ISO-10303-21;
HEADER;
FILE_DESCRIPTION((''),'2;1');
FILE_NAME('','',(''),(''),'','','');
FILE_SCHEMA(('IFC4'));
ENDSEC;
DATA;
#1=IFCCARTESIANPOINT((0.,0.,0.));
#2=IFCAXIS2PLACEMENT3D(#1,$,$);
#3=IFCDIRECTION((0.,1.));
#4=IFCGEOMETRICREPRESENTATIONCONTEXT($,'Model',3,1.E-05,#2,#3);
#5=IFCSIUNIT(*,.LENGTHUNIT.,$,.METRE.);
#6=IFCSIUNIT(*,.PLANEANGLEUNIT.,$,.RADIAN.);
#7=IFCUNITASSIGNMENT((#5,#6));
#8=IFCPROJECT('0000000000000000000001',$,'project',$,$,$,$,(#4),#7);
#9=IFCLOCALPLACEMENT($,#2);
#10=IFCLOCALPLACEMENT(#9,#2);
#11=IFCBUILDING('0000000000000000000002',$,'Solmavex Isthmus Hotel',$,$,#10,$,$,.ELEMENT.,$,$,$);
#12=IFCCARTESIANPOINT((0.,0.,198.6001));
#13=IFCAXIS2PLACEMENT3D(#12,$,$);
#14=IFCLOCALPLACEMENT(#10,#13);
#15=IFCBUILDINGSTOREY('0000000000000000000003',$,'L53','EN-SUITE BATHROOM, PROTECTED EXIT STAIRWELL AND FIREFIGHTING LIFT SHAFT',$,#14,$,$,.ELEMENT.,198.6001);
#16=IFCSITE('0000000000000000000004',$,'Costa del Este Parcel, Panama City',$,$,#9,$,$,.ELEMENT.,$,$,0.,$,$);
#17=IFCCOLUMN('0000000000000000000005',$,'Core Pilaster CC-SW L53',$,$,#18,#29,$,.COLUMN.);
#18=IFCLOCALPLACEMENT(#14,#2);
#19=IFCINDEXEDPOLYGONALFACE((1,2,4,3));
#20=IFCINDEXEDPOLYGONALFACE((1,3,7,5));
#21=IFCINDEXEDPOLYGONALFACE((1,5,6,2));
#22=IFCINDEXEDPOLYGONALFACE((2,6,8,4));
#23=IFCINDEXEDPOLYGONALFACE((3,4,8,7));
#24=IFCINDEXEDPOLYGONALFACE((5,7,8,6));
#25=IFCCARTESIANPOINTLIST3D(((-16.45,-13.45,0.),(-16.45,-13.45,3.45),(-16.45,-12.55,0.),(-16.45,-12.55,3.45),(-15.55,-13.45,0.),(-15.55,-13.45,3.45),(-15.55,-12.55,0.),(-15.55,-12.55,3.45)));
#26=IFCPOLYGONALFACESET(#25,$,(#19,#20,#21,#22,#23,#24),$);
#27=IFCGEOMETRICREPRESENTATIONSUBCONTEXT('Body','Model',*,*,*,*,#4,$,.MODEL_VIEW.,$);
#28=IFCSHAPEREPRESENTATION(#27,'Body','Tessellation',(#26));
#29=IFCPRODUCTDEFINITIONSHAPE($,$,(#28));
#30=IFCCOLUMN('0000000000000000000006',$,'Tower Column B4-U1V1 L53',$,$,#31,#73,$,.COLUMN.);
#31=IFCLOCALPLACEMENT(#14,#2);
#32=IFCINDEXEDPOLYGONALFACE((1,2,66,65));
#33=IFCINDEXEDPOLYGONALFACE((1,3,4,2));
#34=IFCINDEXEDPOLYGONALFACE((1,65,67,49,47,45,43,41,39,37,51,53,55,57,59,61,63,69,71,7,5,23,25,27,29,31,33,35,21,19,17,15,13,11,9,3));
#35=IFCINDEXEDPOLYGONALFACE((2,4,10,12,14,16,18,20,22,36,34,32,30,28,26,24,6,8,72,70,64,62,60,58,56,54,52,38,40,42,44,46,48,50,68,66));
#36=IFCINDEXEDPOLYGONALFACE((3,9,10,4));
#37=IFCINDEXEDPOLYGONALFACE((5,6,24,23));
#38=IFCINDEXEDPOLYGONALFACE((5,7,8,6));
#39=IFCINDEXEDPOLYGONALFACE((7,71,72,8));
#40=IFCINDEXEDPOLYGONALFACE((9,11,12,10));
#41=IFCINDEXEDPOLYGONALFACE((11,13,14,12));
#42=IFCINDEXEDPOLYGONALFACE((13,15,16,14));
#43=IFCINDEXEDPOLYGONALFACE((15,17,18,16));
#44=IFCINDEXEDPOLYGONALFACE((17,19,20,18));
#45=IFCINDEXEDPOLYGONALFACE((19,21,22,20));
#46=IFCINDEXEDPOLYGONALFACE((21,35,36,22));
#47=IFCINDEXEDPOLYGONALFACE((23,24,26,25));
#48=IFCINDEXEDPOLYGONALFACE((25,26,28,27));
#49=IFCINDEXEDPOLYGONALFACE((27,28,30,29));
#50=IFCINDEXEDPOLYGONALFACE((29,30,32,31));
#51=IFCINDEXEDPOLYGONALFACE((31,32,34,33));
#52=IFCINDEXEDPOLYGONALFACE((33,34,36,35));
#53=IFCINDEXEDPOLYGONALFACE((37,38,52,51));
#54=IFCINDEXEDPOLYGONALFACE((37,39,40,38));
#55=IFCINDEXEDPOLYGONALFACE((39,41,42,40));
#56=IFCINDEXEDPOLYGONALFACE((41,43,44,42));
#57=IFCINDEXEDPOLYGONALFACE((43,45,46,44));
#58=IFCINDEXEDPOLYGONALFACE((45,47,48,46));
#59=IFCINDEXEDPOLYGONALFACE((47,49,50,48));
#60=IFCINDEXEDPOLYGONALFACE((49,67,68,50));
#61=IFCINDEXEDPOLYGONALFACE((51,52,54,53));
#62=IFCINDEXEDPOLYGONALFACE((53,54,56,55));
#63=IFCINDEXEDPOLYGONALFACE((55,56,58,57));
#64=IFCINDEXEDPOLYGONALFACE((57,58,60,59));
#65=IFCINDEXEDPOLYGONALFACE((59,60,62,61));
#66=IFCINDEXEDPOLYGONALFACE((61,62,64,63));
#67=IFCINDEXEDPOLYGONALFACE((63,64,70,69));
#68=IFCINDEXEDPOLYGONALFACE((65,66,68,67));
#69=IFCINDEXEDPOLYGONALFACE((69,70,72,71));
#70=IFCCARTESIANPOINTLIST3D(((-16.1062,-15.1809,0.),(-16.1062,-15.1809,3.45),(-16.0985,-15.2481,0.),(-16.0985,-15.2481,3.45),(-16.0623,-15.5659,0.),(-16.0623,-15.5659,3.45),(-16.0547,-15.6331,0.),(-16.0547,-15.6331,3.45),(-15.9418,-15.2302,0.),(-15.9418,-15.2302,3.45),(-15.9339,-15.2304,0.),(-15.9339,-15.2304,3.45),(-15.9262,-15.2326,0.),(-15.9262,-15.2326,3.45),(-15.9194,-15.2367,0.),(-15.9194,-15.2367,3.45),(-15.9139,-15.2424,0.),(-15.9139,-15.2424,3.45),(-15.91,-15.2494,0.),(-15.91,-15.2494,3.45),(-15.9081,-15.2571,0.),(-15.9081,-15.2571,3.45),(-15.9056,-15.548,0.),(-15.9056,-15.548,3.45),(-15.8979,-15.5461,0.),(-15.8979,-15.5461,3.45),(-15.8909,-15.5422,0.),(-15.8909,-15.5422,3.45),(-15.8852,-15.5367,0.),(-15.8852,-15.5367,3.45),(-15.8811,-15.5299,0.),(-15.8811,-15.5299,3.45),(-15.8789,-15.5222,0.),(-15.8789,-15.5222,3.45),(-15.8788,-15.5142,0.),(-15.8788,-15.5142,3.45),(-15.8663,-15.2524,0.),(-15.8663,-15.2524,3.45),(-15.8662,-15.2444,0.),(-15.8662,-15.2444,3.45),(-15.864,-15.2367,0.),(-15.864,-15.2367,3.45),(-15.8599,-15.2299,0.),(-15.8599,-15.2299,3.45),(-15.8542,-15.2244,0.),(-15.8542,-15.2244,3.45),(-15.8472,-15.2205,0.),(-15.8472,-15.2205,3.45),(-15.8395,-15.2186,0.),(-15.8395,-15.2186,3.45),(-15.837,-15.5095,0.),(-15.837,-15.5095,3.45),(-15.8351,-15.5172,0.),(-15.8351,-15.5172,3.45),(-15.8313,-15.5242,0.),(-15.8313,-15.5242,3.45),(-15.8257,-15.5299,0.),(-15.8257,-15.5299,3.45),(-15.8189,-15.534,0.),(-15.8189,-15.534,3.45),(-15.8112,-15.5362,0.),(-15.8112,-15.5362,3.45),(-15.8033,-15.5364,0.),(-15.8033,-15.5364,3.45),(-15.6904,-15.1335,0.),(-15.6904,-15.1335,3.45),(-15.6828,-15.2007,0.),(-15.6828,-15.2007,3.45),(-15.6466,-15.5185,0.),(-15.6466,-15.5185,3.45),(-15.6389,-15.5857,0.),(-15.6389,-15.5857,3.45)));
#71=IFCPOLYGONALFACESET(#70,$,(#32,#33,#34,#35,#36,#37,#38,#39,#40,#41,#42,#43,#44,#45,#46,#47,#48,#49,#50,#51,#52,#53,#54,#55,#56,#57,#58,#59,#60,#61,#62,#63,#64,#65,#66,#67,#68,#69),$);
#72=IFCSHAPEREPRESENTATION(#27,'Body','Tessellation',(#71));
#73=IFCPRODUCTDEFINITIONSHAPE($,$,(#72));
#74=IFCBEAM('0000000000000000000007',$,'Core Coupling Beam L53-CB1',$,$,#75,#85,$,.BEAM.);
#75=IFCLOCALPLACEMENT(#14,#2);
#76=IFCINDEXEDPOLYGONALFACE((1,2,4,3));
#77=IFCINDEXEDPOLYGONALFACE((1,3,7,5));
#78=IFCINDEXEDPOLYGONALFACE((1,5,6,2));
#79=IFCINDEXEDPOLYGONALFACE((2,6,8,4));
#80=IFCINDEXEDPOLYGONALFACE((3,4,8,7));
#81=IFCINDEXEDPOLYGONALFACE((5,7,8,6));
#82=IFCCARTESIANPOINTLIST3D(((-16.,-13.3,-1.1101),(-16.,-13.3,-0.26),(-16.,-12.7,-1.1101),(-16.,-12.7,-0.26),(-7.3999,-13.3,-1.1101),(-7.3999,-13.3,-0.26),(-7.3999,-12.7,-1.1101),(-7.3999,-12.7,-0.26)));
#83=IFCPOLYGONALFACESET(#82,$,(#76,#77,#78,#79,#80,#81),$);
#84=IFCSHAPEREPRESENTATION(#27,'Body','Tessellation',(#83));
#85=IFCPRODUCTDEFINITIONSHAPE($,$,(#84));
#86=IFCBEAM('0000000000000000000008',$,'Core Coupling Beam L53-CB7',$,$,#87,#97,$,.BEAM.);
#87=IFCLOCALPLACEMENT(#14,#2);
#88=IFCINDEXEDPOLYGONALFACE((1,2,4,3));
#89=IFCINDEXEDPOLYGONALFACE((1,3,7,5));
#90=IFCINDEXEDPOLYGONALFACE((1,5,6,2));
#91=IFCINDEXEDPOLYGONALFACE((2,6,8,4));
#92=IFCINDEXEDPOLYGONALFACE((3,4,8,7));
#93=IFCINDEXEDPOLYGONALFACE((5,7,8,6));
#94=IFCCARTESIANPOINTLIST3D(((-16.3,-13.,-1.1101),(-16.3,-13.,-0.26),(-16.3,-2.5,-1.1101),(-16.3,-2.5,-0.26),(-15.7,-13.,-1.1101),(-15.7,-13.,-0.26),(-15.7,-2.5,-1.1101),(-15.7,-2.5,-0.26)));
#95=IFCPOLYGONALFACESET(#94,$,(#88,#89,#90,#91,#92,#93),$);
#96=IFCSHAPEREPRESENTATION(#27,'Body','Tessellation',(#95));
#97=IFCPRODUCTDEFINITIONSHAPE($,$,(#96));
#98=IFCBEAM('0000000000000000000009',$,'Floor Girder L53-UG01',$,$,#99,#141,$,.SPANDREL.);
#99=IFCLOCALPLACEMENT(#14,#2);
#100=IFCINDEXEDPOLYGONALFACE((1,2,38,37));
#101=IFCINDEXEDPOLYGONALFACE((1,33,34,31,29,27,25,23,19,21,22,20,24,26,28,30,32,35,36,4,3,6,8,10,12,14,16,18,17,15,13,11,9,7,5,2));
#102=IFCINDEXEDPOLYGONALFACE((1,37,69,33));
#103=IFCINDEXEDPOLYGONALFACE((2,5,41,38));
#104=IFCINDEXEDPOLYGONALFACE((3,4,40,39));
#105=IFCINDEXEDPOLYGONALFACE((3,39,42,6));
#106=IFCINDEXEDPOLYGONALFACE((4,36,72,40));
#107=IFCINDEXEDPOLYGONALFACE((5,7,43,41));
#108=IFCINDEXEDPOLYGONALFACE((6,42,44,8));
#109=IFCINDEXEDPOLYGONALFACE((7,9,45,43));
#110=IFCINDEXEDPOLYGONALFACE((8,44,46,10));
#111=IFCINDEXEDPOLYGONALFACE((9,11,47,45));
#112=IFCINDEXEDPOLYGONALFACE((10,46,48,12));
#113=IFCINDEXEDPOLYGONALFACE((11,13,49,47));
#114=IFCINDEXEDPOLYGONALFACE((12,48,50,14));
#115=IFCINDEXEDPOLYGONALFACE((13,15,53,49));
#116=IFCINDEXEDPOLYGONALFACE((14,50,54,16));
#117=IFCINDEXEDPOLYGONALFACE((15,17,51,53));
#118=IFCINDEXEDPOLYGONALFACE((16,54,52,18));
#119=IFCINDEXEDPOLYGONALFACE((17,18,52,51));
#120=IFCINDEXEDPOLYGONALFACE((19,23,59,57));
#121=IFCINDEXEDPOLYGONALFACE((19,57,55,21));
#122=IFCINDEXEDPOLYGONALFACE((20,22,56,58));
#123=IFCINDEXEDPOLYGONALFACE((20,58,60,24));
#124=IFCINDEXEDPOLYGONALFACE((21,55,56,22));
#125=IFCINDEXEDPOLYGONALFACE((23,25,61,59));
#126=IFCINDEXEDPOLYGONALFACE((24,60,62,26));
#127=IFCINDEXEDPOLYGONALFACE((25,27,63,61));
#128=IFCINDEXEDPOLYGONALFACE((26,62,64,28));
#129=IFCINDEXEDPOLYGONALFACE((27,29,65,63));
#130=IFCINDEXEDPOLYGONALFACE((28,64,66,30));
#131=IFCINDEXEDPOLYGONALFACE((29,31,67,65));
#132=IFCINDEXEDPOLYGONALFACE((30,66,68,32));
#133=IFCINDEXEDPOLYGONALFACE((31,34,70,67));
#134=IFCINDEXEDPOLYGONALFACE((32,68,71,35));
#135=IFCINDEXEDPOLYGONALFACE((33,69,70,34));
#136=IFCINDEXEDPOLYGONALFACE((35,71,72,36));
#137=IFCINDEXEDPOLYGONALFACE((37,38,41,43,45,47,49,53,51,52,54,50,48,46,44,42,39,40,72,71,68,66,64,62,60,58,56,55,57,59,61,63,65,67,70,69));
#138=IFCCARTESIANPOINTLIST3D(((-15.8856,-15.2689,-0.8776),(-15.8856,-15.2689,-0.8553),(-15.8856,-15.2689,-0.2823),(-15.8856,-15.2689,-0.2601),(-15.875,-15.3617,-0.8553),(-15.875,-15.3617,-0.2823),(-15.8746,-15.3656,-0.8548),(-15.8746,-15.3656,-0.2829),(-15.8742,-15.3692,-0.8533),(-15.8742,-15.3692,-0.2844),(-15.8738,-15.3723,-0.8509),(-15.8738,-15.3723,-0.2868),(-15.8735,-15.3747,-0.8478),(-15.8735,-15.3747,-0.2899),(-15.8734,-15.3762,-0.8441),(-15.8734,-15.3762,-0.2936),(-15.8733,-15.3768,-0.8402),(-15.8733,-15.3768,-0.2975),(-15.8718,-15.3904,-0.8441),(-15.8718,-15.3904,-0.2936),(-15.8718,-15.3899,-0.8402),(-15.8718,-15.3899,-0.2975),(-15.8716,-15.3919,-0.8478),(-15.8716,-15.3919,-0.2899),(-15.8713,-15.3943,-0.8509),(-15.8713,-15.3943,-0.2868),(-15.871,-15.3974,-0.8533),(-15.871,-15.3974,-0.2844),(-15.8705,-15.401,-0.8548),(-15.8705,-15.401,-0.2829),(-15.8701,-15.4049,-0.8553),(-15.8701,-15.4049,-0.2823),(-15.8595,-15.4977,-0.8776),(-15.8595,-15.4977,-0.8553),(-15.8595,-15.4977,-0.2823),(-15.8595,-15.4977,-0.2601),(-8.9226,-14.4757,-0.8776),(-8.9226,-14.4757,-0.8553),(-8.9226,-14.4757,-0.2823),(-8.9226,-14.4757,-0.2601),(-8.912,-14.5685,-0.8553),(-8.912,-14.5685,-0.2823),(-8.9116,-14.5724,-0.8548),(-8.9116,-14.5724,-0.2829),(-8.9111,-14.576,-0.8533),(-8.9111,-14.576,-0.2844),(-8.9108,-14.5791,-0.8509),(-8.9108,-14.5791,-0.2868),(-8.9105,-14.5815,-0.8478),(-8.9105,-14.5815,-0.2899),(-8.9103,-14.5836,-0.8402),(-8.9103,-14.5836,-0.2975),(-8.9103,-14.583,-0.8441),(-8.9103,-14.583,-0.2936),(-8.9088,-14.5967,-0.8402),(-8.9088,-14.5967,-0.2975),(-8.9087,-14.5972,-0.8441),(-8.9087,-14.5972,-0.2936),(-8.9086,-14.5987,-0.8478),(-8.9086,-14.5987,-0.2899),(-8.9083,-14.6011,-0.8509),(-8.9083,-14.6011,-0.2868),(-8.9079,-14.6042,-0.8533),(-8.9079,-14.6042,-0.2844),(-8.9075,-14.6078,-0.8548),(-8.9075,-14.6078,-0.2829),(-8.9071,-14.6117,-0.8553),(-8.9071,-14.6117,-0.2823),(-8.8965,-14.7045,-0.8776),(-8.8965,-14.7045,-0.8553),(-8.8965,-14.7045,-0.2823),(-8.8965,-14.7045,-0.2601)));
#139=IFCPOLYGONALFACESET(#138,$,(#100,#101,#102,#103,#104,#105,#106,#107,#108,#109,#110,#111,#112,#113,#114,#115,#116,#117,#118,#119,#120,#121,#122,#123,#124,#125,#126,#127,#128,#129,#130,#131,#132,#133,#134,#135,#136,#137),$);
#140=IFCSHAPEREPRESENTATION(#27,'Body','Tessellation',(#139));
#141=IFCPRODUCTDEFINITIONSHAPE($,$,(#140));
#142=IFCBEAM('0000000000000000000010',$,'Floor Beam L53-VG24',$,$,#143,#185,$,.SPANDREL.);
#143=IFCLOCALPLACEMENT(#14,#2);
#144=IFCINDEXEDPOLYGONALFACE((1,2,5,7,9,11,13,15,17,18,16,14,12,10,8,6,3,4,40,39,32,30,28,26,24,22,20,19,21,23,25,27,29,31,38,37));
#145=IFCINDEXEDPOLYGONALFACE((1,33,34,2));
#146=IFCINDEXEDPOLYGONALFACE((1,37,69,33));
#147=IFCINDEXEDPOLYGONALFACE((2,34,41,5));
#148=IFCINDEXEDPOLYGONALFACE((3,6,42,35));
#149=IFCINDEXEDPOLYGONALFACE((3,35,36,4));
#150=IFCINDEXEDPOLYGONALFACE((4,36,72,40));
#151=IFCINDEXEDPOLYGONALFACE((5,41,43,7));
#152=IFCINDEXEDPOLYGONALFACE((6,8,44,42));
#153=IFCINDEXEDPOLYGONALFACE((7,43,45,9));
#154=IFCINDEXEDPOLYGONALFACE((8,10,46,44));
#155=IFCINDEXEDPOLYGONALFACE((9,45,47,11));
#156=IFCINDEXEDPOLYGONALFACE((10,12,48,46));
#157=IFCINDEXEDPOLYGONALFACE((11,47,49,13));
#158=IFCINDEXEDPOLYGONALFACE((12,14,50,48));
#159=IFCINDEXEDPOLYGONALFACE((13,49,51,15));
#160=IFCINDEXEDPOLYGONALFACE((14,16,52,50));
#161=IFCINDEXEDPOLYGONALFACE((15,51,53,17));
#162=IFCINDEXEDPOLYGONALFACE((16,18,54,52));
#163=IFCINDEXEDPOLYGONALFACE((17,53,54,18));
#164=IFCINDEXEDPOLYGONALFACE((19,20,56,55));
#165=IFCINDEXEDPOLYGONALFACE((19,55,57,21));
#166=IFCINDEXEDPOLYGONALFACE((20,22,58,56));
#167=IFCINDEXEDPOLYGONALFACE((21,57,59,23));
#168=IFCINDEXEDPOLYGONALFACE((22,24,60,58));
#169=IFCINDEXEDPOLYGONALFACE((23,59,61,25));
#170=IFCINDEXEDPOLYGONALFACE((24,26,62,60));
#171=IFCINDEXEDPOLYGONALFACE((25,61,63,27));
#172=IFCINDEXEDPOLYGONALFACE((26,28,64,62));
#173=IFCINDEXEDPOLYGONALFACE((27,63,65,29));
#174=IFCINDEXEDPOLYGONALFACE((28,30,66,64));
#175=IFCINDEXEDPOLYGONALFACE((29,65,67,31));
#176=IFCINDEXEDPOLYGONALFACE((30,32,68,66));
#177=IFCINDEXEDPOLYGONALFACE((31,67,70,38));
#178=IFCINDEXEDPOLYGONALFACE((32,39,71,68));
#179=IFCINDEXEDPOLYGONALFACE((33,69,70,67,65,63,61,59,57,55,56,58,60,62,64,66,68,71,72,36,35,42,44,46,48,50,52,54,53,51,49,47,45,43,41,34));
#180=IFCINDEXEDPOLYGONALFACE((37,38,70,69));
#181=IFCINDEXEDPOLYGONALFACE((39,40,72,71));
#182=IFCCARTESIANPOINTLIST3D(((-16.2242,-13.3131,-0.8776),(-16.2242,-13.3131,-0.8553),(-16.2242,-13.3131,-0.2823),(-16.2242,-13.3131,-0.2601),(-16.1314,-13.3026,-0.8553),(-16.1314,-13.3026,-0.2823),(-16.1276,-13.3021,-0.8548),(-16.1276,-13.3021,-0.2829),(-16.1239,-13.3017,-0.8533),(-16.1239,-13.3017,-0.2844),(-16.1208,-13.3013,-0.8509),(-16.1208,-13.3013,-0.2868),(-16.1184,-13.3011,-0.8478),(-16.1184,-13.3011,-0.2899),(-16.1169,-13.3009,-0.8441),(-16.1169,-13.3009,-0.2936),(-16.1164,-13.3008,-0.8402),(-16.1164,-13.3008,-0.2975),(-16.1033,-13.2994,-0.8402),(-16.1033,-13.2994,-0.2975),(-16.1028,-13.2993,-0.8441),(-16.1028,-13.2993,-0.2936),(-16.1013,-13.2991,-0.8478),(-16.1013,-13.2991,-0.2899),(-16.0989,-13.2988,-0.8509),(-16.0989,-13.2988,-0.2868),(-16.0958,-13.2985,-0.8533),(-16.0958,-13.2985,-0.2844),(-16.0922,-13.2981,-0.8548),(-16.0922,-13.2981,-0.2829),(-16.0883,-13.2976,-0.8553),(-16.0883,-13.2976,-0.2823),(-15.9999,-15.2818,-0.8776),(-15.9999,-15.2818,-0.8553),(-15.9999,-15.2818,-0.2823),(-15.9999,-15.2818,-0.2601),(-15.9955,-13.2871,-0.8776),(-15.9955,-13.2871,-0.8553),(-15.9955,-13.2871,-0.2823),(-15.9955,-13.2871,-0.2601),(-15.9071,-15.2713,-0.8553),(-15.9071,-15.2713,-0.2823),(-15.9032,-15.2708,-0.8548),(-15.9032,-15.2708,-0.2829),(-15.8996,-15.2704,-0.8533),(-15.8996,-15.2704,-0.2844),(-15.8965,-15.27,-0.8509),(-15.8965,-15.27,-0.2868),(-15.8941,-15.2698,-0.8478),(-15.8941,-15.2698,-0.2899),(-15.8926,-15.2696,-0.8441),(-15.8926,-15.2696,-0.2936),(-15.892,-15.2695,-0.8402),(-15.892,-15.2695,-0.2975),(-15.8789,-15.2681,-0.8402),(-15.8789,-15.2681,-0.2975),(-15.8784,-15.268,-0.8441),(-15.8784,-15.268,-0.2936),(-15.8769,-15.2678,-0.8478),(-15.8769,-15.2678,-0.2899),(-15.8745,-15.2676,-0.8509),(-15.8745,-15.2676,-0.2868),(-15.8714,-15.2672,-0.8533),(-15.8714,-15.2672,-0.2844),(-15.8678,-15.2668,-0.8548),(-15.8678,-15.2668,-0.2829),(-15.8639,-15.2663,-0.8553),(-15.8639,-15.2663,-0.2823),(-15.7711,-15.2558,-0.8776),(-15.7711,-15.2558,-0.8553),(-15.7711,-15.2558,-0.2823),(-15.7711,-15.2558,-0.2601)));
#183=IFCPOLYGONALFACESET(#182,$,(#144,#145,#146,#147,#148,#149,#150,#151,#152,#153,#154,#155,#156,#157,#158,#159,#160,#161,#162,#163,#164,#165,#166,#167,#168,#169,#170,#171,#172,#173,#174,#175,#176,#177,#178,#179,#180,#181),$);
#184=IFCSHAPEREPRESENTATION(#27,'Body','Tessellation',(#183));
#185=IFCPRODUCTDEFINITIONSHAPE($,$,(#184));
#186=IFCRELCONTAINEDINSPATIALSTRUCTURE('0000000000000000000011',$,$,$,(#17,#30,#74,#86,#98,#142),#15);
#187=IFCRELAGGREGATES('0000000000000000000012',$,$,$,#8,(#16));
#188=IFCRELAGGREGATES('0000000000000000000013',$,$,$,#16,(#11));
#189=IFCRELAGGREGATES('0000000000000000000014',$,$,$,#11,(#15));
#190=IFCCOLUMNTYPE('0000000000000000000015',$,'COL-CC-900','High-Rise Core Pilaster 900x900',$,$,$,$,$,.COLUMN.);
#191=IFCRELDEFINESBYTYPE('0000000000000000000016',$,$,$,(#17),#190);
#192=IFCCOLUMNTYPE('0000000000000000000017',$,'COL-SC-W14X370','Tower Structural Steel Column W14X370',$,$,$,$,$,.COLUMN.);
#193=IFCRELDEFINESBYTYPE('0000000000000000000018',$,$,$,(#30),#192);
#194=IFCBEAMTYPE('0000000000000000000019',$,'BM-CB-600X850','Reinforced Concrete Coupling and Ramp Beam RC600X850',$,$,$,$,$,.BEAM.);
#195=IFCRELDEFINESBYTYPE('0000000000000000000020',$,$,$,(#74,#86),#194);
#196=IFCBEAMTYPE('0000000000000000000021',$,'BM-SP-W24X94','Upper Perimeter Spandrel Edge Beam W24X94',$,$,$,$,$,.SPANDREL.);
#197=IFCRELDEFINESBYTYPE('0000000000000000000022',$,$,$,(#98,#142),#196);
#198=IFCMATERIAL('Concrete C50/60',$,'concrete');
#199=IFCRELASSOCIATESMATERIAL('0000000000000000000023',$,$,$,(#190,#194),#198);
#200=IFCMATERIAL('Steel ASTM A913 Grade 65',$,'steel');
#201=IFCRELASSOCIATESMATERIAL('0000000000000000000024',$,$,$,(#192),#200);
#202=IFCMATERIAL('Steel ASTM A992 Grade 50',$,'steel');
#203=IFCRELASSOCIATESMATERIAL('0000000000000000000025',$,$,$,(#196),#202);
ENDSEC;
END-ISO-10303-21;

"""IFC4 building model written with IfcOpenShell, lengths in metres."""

from ifc_helpers import new_model, si_unit, direction, frame, origin, origin_2d, place, context, subcontext, project, spatial, rectangle, i_section, extrude, material, material_profile, profile_set, type_object, element, save


model = new_model("IFC4")

# Units and contexts
model_context = context("Model", 3, precision=1e-05, world=origin(), true_north=direction((0.0, 1.0)))
body_context = subcontext(model_context, "Body", "Model", "MODEL_VIEW")
ifc_project = project(units=[si_unit("LENGTHUNIT", "METRE"), si_unit("PLANEANGLEUNIT", "RADIAN")], contexts=[model_context])

# Site, building, storey
site_placement = place(None, origin())
site = spatial("IfcSite", under=ifc_project, at=site_placement, Name="Costa del Este Parcel, Panama City", CompositionType="ELEMENT", RefElevation=0.0)
building_placement = place(site_placement, origin())
building = spatial("IfcBuilding", under=site, at=building_placement, Name="Solmavex Isthmus Hotel", CompositionType="ELEMENT")
storey_placement = place(building_placement, frame((0.0, 0.0, 198.6001)))
storey = spatial("IfcBuildingStorey", under=building, at=storey_placement, Name="L53", Description="EN-SUITE BATHROOM, PROTECTED EXIT STAIRWELL AND FIREFIGHTING LIFT SHAFT", CompositionType="ELEMENT", Elevation=198.6001)

# Columns
ifc_material_1 = material(Name="Concrete C50/60", Category="concrete")
ifc_material_profile_1 = material_profile(ifc_material_1, rectangle(XDim=0.8999, YDim=0.8999, at=origin_2d()), Name="RC900X900")
ifc_profile_set_1 = profile_set([ifc_material_profile_1], Name="Concrete C50/60")
column_type_1 = type_object("IfcColumnType", Name="COL-CC-900", Description="High-Rise Core Pilaster 900x900", PredefinedType="COLUMN", material=ifc_profile_set_1)
column_1_placement = place(storey_placement, frame((-16.0, -13.0, 0.0), z_axis=(0.0, 0.0, 1.0), x_axis=(1.0, 0.0, 0.0)))
element("IfcColumn", 1, at=column_1_placement, inside=storey, type_object=column_type_1, Name="Core Pilaster CC-SW L53", PredefinedType="COLUMN", context=body_context, shape_type="SweptSolid", body=[
    extrude(rectangle(XDim=0.8999, YDim=0.8999, at=origin_2d()), origin(), (0.0, 0.0, 1.0), 3.45),
])
ifc_material_2 = material(Name="Steel ASTM A913 Grade 65", Category="steel")
ifc_material_profile_2 = material_profile(ifc_material_2, i_section(OverallWidth=0.4185, OverallDepth=0.4551, WebThickness=0.042, FlangeThickness=0.0676, FilletRadius=0.0305, at=origin_2d()), Name="W14X370")
ifc_profile_set_2 = profile_set([ifc_material_profile_2], Name="Steel ASTM A913 Grade 65")
column_type_2 = type_object("IfcColumnType", Name="COL-SC-W14X370", Description="Tower Structural Steel Column W14X370", PredefinedType="COLUMN", material=ifc_profile_set_2)
column_2_placement = place(storey_placement, frame((-15.8726, -15.3833, 0.0), z_axis=(0.0, 0.0, 1.0), x_axis=(0.993572, 0.113203, 0.0)))
element("IfcColumn", 2, at=column_2_placement, inside=storey, type_object=column_type_2, Name="Tower Column B4-U1V1 L53", PredefinedType="COLUMN", context=body_context, shape_type="SweptSolid", body=[
    extrude(i_section(OverallWidth=0.4185, OverallDepth=0.4551, WebThickness=0.042, FlangeThickness=0.0676, FilletRadius=0.0305, at=origin_2d()), origin(), (0.0, 0.0, 1.0), 3.45),
])

# Beams
ifc_material_profile_3 = material_profile(ifc_material_1, rectangle(XDim=0.6001, YDim=0.8501, at=origin_2d()), Name="RC600X850")
ifc_profile_set_3 = profile_set([ifc_material_profile_3], Name="Concrete C50/60")
beam_type_1 = type_object("IfcBeamType", Name="BM-CB-600X850", Description="Reinforced Concrete Coupling and Ramp Beam RC600X850", PredefinedType="BEAM", material=ifc_profile_set_3)
beam_1_placement = place(storey_placement, frame((-16.0, -13.0, -0.6851), z_axis=(1.0, 0.0, 0.0), x_axis=(0.0, 1.0, 0.0)))
element("IfcBeam", 3, at=beam_1_placement, inside=storey, type_object=beam_type_1, Name="Core Coupling Beam L53-CB1", PredefinedType="BEAM", context=body_context, shape_type="SweptSolid", body=[
    extrude(rectangle(XDim=0.6001, YDim=0.8501, at=origin_2d()), origin(), (0.0, 0.0, 1.0), 8.6001),
])
beam_2_placement = place(storey_placement, frame((-16.0, -13.0, -0.6851), z_axis=(0.0, 1.0, 0.0), x_axis=(-1.0, 0.0, 0.0)))
element("IfcBeam", 4, at=beam_2_placement, inside=storey, type_object=beam_type_1, Name="Core Coupling Beam L53-CB7", PredefinedType="BEAM", context=body_context, shape_type="SweptSolid", body=[
    extrude(rectangle(XDim=0.6001, YDim=0.8501, at=origin_2d()), origin(), (0.0, 0.0, 1.0), 10.5),
])
ifc_material_3 = material(Name="Steel ASTM A992 Grade 50", Category="steel")
ifc_material_profile_4 = material_profile(ifc_material_3, i_section(OverallWidth=0.2302, OverallDepth=0.6174, WebThickness=0.0132, FlangeThickness=0.0222, FilletRadius=0.0151, at=origin_2d()), Name="W24X94")
ifc_profile_set_4 = profile_set([ifc_material_profile_4], Name="Steel ASTM A992 Grade 50")
beam_type_2 = type_object("IfcBeamType", Name="BM-SP-W24X94", Description="Upper Perimeter Spandrel Edge Beam W24X94", PredefinedType="SPANDREL", material=ifc_profile_set_4)
beam_3_placement = place(storey_placement, frame((-15.8726, -15.3833, -0.5688), z_axis=(0.993574, 0.113184, 0.0), x_axis=(-0.113184, 0.993574, 0.0)))
element("IfcBeam", 5, at=beam_3_placement, inside=storey, type_object=beam_type_2, Name="Floor Girder L53-UG01", PredefinedType="SPANDREL", context=body_context, shape_type="SweptSolid", body=[
    extrude(i_section(OverallWidth=0.2302, OverallDepth=0.6174, WebThickness=0.0132, FlangeThickness=0.0222, FilletRadius=0.0151, at=origin_2d()), origin(), (0.0, 0.0, 1.0), 7.0081),
])
beam_4_placement = place(storey_placement, frame((-15.8855, -15.2688, -0.5688), z_axis=(-0.11323, 0.993569, 0.0), x_axis=(-0.993569, -0.11323, 0.0)))
element("IfcBeam", 6, at=beam_4_placement, inside=storey, type_object=beam_type_2, Name="Floor Beam L53-VG24", PredefinedType="SPANDREL", context=body_context, shape_type="SweptSolid", body=[
    extrude(i_section(OverallWidth=0.2302, OverallDepth=0.6174, WebThickness=0.0132, FlangeThickness=0.0222, FilletRadius=0.0151, at=origin_2d()), origin(), (0.0, 0.0, 1.0), 1.9814),
])

save(model, "model.ifc")
